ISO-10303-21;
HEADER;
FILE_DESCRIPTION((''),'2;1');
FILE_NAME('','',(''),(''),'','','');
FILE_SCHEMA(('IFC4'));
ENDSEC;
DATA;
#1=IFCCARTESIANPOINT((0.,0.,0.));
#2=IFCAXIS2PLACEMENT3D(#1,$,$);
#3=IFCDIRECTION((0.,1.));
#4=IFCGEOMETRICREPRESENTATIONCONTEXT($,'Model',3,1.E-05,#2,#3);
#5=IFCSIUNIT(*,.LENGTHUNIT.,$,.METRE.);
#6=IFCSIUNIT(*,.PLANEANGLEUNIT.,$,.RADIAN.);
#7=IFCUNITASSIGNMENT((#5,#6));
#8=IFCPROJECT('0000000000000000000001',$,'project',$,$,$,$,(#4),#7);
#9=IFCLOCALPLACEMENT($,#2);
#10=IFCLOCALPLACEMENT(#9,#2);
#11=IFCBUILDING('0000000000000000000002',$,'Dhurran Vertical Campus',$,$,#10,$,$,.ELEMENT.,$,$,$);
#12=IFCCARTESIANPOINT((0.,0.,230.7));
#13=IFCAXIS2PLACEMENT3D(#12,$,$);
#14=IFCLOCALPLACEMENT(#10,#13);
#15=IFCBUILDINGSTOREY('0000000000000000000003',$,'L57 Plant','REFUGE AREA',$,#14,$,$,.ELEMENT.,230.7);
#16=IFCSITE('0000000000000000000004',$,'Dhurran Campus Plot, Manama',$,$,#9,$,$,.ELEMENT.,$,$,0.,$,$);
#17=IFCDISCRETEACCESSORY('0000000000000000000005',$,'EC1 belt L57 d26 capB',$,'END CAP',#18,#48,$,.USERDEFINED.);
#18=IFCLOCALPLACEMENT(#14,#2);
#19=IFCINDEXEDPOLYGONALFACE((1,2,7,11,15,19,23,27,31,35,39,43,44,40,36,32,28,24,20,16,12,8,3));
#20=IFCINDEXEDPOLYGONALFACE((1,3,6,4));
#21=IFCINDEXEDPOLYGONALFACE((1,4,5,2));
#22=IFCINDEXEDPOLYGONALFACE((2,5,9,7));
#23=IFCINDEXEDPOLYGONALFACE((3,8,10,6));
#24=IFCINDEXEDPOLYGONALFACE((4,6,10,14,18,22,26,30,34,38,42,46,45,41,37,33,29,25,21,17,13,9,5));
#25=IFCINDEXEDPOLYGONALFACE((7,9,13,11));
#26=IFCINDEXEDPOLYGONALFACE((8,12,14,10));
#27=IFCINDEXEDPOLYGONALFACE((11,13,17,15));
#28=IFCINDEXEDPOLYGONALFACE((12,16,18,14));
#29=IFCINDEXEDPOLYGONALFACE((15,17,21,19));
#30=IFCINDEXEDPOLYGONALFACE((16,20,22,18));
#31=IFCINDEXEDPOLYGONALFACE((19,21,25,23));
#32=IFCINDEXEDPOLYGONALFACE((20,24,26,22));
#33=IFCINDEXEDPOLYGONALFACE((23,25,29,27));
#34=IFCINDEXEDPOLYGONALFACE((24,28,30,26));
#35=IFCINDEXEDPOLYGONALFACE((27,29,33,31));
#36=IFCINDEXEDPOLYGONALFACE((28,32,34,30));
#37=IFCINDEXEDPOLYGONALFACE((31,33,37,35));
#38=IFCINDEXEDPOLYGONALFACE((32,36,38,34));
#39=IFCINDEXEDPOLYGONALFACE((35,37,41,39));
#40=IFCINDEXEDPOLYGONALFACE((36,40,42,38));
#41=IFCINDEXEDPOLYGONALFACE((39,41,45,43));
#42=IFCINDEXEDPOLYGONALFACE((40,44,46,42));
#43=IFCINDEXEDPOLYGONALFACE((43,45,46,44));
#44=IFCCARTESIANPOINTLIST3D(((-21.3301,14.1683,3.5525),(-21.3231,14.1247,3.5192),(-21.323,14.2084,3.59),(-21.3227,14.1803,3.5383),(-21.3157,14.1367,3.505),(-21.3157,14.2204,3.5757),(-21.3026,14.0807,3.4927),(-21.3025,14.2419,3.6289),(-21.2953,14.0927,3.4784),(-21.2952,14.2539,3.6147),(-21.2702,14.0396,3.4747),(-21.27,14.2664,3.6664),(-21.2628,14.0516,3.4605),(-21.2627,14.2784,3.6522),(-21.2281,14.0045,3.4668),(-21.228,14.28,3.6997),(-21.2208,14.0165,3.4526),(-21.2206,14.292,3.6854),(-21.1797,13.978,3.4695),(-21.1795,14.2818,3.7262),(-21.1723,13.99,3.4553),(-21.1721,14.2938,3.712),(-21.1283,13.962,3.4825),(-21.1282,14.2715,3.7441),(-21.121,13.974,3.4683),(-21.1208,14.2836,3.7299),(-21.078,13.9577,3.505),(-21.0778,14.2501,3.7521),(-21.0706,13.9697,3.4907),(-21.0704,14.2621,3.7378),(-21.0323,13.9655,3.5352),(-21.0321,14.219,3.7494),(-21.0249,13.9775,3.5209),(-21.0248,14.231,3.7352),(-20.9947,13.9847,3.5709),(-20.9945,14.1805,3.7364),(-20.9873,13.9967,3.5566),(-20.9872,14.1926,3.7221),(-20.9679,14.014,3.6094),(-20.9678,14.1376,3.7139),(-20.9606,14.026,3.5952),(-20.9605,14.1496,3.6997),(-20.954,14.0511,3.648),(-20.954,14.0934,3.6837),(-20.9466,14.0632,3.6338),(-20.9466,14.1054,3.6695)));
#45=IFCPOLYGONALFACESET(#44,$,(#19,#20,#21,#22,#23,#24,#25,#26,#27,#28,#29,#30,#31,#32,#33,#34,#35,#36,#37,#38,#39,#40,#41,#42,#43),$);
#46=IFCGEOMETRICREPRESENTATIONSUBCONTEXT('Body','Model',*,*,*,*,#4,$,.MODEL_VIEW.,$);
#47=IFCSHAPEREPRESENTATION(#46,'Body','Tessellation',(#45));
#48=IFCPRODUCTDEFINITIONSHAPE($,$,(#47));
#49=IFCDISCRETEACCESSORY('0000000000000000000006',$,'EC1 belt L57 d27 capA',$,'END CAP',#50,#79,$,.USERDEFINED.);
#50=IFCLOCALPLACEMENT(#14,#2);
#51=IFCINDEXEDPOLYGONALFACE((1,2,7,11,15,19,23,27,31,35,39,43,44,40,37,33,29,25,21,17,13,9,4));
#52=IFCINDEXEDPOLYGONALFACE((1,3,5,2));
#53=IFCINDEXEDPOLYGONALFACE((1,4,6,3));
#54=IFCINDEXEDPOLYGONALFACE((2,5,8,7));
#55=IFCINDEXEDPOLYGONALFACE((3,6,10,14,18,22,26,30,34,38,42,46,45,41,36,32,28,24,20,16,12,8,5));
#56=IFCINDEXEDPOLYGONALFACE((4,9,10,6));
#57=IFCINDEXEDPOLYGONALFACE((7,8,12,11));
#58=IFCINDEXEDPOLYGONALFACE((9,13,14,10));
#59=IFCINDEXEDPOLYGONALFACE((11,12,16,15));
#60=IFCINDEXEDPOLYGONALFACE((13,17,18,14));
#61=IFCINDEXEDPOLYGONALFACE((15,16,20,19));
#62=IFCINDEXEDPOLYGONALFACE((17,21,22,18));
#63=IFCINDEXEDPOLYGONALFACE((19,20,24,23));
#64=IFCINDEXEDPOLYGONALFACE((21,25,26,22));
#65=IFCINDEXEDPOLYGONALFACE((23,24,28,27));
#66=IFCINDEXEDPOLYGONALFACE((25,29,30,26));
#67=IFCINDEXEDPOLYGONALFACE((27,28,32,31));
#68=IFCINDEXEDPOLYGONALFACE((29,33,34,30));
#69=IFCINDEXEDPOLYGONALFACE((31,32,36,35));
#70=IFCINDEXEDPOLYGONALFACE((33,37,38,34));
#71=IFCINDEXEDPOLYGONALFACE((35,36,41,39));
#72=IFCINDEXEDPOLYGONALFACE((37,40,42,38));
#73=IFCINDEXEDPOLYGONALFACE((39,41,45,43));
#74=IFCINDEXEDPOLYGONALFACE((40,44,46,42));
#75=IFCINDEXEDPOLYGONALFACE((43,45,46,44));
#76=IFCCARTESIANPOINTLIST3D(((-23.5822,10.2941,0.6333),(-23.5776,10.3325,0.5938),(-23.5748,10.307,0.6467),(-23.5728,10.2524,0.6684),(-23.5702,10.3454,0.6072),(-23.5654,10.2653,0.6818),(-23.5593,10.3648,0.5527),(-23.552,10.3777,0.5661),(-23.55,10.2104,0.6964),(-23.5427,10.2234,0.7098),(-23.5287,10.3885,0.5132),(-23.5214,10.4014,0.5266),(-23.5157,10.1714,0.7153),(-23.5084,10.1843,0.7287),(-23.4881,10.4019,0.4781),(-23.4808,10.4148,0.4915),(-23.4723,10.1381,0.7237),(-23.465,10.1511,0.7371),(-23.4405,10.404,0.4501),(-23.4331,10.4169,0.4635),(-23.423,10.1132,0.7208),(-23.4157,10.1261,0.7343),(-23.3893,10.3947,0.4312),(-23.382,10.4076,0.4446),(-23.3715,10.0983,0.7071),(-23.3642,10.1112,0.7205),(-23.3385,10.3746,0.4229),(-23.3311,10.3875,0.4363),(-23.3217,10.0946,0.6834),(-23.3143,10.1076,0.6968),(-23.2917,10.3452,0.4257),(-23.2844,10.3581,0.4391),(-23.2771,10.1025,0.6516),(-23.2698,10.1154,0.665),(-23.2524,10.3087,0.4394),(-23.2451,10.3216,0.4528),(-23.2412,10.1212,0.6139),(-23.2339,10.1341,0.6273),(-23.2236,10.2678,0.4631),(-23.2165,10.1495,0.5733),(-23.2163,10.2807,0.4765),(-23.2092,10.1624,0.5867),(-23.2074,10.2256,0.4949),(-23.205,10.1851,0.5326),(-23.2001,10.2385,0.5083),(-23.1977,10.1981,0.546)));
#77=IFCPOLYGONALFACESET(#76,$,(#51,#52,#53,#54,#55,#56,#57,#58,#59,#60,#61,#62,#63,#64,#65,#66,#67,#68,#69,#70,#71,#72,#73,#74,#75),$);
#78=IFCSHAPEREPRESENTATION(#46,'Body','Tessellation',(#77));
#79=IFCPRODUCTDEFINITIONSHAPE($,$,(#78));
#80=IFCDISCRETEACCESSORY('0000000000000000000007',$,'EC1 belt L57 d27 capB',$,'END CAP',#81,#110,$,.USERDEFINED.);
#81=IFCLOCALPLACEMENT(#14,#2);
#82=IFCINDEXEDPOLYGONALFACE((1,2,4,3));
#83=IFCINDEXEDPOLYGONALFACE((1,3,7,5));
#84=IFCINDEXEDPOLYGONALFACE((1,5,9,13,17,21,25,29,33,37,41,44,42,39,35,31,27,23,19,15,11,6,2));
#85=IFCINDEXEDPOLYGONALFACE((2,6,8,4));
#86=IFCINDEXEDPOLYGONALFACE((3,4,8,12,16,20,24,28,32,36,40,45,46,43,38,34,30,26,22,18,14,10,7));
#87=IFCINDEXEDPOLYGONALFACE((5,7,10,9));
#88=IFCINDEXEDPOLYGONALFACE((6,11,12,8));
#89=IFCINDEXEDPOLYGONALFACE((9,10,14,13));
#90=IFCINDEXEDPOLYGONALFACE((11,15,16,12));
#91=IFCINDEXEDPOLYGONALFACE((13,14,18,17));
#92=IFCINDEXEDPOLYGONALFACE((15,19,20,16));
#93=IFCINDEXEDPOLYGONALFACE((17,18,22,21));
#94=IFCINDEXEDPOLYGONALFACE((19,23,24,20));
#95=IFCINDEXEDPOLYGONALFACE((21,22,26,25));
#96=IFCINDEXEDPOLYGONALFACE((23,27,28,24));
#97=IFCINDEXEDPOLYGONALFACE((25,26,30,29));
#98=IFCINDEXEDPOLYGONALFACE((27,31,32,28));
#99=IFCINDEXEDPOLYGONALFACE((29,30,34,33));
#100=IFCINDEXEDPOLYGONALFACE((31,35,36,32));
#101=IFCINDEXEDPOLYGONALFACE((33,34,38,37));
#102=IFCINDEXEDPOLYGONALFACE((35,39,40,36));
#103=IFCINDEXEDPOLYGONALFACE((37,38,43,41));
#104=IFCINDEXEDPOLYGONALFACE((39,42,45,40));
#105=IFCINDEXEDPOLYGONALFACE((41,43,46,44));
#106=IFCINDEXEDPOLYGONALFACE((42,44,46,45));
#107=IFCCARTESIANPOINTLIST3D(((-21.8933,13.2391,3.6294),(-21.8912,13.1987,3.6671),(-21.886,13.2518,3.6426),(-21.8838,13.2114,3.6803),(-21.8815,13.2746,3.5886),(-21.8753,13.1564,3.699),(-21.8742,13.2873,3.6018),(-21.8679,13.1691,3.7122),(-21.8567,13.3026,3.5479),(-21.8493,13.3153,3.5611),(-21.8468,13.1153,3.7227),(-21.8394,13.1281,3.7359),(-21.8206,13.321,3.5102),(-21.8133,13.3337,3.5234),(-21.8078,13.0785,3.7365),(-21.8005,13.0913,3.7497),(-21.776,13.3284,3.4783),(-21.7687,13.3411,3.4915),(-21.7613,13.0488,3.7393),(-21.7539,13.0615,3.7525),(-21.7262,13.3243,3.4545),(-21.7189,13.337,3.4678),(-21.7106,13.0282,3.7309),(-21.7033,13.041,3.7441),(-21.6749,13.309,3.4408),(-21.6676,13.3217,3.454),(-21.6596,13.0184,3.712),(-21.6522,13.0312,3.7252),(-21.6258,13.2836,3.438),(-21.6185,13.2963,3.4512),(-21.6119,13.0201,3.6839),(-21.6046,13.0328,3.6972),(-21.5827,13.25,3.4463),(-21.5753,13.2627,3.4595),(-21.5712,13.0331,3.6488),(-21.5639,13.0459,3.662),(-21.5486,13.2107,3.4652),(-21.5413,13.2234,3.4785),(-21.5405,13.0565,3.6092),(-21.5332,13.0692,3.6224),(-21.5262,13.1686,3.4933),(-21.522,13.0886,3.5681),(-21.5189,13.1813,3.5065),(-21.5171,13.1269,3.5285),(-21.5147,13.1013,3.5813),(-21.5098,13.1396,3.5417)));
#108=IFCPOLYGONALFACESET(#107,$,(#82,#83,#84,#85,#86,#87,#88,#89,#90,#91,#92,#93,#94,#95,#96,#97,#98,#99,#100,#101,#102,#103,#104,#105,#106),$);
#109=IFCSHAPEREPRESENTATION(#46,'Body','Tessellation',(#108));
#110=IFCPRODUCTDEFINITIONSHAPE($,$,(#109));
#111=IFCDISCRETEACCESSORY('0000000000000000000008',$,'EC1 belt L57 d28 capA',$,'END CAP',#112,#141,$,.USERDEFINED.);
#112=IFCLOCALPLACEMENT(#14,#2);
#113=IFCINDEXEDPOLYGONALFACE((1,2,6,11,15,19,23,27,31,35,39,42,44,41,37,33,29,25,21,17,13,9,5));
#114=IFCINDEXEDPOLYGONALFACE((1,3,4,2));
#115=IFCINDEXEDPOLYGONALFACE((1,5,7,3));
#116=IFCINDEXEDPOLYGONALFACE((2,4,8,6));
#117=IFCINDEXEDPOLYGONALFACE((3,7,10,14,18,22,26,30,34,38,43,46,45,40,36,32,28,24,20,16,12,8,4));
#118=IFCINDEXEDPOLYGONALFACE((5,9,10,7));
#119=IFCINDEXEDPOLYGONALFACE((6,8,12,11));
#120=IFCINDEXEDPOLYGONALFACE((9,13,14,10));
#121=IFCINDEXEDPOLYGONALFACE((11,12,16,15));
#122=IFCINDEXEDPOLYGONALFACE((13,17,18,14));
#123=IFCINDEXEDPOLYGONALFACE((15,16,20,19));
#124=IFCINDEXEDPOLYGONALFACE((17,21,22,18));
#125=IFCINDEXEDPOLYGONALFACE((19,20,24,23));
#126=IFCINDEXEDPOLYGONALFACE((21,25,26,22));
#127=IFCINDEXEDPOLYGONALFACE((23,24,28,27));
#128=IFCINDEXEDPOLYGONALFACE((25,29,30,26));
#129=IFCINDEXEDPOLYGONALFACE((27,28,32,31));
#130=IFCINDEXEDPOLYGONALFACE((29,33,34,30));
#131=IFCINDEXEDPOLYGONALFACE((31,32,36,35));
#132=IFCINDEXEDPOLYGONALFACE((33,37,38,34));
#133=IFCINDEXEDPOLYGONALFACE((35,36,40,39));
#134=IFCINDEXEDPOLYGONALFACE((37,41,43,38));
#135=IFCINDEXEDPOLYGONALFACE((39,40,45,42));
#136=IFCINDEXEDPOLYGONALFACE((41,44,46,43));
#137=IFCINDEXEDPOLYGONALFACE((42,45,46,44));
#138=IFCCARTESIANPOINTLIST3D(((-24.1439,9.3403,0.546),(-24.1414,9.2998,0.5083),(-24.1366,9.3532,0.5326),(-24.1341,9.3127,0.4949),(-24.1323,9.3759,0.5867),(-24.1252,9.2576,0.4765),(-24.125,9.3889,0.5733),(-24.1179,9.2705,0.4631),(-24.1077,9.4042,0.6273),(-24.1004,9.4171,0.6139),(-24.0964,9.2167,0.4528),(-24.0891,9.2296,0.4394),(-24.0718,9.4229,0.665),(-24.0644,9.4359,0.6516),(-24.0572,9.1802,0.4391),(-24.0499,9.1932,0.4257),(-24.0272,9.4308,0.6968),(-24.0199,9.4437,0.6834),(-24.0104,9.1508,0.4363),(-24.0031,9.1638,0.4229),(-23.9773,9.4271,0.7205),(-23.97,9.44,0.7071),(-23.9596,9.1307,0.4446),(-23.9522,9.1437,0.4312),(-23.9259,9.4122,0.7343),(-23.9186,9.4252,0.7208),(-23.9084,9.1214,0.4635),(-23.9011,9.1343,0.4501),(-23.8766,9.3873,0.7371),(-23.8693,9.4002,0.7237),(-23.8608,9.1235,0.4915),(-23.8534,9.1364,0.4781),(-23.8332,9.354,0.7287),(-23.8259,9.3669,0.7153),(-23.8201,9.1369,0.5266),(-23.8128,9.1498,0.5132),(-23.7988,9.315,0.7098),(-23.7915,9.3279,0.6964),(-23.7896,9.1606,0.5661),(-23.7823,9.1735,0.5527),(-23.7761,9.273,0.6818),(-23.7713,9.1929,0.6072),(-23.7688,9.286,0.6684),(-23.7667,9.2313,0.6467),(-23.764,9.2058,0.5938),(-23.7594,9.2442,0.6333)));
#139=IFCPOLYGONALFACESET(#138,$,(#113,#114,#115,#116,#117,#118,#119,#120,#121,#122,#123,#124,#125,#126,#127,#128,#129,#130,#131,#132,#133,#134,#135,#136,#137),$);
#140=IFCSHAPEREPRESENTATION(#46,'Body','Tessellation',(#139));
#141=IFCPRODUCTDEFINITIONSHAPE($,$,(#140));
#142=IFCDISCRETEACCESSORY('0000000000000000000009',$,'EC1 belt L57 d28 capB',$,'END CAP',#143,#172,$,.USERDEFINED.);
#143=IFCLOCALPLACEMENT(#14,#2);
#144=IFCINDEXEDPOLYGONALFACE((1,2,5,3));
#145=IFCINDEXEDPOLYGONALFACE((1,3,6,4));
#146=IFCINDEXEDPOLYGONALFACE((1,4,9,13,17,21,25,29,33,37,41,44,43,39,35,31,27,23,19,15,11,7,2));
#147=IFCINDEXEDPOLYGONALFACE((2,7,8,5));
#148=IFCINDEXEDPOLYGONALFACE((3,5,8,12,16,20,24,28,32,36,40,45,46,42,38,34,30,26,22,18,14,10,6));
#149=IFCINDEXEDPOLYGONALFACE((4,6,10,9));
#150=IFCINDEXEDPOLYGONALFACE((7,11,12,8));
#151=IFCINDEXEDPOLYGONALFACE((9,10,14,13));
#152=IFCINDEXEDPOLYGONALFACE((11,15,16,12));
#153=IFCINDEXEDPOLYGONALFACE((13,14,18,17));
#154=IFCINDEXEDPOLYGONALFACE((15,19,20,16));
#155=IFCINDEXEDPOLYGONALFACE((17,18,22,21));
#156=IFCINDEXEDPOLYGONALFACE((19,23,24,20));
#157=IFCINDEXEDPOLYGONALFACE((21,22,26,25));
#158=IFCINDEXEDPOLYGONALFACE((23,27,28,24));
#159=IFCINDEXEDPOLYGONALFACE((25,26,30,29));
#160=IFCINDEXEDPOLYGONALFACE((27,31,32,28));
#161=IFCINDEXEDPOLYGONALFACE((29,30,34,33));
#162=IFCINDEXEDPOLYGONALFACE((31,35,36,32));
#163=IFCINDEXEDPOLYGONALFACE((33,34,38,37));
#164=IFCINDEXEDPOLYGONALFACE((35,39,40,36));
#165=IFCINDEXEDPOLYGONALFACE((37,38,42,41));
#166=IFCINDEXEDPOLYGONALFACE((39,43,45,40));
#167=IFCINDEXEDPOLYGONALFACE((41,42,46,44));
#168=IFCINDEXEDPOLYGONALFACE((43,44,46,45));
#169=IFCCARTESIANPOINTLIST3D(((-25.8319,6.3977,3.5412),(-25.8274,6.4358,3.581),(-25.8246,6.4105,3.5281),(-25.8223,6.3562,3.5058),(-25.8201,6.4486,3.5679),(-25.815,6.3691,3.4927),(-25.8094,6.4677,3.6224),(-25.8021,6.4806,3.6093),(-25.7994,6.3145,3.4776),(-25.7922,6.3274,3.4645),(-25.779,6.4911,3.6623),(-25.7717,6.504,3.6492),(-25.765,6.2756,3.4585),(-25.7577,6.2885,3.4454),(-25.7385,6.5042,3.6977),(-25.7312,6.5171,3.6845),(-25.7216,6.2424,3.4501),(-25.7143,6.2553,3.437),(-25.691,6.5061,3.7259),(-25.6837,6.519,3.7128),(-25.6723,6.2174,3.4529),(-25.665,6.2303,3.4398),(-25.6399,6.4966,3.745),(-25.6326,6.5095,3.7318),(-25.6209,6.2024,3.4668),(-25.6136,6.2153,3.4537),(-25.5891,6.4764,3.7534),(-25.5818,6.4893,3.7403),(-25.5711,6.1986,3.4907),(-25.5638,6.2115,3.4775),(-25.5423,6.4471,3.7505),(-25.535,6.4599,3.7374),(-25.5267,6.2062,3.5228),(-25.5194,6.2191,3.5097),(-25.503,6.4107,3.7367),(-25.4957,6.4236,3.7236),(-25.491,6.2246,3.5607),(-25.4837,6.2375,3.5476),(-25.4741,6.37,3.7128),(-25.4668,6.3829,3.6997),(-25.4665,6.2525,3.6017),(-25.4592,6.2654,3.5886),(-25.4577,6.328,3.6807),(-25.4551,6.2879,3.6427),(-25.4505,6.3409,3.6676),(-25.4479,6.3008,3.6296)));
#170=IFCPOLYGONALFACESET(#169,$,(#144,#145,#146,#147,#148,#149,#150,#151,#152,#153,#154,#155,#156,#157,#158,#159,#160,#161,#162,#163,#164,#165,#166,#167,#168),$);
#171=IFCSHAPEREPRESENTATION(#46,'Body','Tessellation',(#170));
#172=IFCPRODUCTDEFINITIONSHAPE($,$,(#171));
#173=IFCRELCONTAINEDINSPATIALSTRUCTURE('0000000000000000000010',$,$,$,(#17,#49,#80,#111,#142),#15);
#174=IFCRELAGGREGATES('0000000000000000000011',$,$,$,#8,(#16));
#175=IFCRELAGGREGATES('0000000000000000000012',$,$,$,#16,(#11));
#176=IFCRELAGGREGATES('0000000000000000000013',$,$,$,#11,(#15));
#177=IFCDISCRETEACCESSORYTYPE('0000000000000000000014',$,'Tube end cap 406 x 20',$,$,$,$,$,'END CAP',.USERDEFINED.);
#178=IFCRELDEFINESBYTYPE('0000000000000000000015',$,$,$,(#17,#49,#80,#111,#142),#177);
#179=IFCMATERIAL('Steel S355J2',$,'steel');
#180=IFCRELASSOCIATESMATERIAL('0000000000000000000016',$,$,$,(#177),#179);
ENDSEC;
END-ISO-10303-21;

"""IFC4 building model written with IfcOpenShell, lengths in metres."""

from ifc_helpers import new_model, si_unit, direction, frame, origin, origin_2d, place, context, subcontext, project, spatial, circle, extrude, material, material_profile, profile_set, type_object, element, save


model = new_model("IFC4")

# Units and contexts
model_context = context("Model", 3, precision=1e-05, world=origin(), true_north=direction((0.0, 1.0)))
body_context = subcontext(model_context, "Body", "Model", "MODEL_VIEW")
ifc_project = project(units=[si_unit("LENGTHUNIT", "METRE"), si_unit("PLANEANGLEUNIT", "RADIAN")], contexts=[model_context])

# Site, building, storey
site_placement = place(None, origin())
site = spatial("IfcSite", under=ifc_project, at=site_placement, Name="Dhurran Campus Plot, Manama", CompositionType="ELEMENT", RefElevation=0.0)
building_placement = place(site_placement, origin())
building = spatial("IfcBuilding", under=site, at=building_placement, Name="Dhurran Vertical Campus", CompositionType="ELEMENT")
storey_placement = place(building_placement, frame((0.0, 0.0, 230.7)))
storey = spatial("IfcBuildingStorey", under=building, at=storey_placement, Name="L57 Plant", Description="REFUGE AREA", CompositionType="ELEMENT", Elevation=230.7)

# Discrete accessories
ifc_material_1 = material(Name="Steel S355J2", Category="steel")
ifc_material_profile_1 = material_profile(ifc_material_1, circle(Radius=0.2031, at=origin_2d()), Name="Tube end cap 406 x 20")
ifc_profile_set_1 = profile_set([ifc_material_profile_1], Name="Steel S355J2")
discrete_accessory_type = type_object("IfcDiscreteAccessoryType", Name="Tube end cap 406 x 20", ElementType="END CAP", PredefinedType="USERDEFINED", material=ifc_profile_set_1)
for number, where, z_axis, x_axis, name in (
    (1, (-21.1338, 14.1321, 3.5952), (-0.367469, -0.6002, 0.710441), (0.852851, -0.522154, 0.0), "EC1 belt L57 d26 capB"),
    (2, (-23.386, 10.2625, 0.5867), (-0.365582, -0.645861, -0.670234), (0.870257, -0.492598, 0.0), "EC1 belt L57 d27 capA"),
):
    element("IfcDiscreteAccessory", number, at=place(storey_placement, frame(where, z_axis=z_axis, x_axis=x_axis)), inside=storey, type_object=discrete_accessory_type, Name=name, ObjectType="END CAP", PredefinedType="USERDEFINED", context=body_context, shape_type="SweptSolid", body=[
        extrude(circle(Radius=0.2031, at=origin_2d()), origin(), (0.0, 0.0, 1.0), 0.02),
    ])
discrete_accessory_1_placement = place(storey_placement, frame((-21.7056, 13.1731, 3.5886), z_axis=(0.371533, 0.643991, 0.668759), x_axis=(-0.866186, 0.499722, 0.0)))
element("IfcDiscreteAccessory", 3, at=discrete_accessory_1_placement, inside=storey, type_object=discrete_accessory_type, Name="EC1 belt L57 d27 capB", ObjectType="END CAP", PredefinedType="USERDEFINED", context=body_context, shape_type="SweptSolid", body=[
    extrude(circle(Radius=0.2031, at=origin_2d()), origin(), (0.0, 0.0, 1.0), 0.0198),
])
discrete_accessory_2_placement = place(storey_placement, frame((-23.9556, 9.2759, 0.5867), z_axis=(0.365582, 0.645861, -0.670234), x_axis=(-0.870257, 0.492598, 0.0)))
element("IfcDiscreteAccessory", 4, at=discrete_accessory_2_placement, inside=storey, type_object=discrete_accessory_type, Name="EC1 belt L57 d28 capA", ObjectType="END CAP", PredefinedType="USERDEFINED", context=body_context, shape_type="SweptSolid", body=[
    extrude(circle(Radius=0.2031, at=origin_2d()), origin(), (0.0, 0.0, 1.0), 0.02),
])
discrete_accessory_3_placement = place(storey_placement, frame((-25.636, 6.3655, 3.5886), z_axis=(-0.368577, -0.651153, 0.663439), x_axis=(0.870257, -0.492598, 0.0)))
element("IfcDiscreteAccessory", 5, at=discrete_accessory_3_placement, inside=storey, type_object=discrete_accessory_type, Name="EC1 belt L57 d28 capB", ObjectType="END CAP", PredefinedType="USERDEFINED", context=body_context, shape_type="SweptSolid", body=[
    extrude(circle(Radius=0.2031, at=origin_2d()), origin(), (0.0, 0.0, 1.0), 0.0198),
])

save(model, "model.ifc")
